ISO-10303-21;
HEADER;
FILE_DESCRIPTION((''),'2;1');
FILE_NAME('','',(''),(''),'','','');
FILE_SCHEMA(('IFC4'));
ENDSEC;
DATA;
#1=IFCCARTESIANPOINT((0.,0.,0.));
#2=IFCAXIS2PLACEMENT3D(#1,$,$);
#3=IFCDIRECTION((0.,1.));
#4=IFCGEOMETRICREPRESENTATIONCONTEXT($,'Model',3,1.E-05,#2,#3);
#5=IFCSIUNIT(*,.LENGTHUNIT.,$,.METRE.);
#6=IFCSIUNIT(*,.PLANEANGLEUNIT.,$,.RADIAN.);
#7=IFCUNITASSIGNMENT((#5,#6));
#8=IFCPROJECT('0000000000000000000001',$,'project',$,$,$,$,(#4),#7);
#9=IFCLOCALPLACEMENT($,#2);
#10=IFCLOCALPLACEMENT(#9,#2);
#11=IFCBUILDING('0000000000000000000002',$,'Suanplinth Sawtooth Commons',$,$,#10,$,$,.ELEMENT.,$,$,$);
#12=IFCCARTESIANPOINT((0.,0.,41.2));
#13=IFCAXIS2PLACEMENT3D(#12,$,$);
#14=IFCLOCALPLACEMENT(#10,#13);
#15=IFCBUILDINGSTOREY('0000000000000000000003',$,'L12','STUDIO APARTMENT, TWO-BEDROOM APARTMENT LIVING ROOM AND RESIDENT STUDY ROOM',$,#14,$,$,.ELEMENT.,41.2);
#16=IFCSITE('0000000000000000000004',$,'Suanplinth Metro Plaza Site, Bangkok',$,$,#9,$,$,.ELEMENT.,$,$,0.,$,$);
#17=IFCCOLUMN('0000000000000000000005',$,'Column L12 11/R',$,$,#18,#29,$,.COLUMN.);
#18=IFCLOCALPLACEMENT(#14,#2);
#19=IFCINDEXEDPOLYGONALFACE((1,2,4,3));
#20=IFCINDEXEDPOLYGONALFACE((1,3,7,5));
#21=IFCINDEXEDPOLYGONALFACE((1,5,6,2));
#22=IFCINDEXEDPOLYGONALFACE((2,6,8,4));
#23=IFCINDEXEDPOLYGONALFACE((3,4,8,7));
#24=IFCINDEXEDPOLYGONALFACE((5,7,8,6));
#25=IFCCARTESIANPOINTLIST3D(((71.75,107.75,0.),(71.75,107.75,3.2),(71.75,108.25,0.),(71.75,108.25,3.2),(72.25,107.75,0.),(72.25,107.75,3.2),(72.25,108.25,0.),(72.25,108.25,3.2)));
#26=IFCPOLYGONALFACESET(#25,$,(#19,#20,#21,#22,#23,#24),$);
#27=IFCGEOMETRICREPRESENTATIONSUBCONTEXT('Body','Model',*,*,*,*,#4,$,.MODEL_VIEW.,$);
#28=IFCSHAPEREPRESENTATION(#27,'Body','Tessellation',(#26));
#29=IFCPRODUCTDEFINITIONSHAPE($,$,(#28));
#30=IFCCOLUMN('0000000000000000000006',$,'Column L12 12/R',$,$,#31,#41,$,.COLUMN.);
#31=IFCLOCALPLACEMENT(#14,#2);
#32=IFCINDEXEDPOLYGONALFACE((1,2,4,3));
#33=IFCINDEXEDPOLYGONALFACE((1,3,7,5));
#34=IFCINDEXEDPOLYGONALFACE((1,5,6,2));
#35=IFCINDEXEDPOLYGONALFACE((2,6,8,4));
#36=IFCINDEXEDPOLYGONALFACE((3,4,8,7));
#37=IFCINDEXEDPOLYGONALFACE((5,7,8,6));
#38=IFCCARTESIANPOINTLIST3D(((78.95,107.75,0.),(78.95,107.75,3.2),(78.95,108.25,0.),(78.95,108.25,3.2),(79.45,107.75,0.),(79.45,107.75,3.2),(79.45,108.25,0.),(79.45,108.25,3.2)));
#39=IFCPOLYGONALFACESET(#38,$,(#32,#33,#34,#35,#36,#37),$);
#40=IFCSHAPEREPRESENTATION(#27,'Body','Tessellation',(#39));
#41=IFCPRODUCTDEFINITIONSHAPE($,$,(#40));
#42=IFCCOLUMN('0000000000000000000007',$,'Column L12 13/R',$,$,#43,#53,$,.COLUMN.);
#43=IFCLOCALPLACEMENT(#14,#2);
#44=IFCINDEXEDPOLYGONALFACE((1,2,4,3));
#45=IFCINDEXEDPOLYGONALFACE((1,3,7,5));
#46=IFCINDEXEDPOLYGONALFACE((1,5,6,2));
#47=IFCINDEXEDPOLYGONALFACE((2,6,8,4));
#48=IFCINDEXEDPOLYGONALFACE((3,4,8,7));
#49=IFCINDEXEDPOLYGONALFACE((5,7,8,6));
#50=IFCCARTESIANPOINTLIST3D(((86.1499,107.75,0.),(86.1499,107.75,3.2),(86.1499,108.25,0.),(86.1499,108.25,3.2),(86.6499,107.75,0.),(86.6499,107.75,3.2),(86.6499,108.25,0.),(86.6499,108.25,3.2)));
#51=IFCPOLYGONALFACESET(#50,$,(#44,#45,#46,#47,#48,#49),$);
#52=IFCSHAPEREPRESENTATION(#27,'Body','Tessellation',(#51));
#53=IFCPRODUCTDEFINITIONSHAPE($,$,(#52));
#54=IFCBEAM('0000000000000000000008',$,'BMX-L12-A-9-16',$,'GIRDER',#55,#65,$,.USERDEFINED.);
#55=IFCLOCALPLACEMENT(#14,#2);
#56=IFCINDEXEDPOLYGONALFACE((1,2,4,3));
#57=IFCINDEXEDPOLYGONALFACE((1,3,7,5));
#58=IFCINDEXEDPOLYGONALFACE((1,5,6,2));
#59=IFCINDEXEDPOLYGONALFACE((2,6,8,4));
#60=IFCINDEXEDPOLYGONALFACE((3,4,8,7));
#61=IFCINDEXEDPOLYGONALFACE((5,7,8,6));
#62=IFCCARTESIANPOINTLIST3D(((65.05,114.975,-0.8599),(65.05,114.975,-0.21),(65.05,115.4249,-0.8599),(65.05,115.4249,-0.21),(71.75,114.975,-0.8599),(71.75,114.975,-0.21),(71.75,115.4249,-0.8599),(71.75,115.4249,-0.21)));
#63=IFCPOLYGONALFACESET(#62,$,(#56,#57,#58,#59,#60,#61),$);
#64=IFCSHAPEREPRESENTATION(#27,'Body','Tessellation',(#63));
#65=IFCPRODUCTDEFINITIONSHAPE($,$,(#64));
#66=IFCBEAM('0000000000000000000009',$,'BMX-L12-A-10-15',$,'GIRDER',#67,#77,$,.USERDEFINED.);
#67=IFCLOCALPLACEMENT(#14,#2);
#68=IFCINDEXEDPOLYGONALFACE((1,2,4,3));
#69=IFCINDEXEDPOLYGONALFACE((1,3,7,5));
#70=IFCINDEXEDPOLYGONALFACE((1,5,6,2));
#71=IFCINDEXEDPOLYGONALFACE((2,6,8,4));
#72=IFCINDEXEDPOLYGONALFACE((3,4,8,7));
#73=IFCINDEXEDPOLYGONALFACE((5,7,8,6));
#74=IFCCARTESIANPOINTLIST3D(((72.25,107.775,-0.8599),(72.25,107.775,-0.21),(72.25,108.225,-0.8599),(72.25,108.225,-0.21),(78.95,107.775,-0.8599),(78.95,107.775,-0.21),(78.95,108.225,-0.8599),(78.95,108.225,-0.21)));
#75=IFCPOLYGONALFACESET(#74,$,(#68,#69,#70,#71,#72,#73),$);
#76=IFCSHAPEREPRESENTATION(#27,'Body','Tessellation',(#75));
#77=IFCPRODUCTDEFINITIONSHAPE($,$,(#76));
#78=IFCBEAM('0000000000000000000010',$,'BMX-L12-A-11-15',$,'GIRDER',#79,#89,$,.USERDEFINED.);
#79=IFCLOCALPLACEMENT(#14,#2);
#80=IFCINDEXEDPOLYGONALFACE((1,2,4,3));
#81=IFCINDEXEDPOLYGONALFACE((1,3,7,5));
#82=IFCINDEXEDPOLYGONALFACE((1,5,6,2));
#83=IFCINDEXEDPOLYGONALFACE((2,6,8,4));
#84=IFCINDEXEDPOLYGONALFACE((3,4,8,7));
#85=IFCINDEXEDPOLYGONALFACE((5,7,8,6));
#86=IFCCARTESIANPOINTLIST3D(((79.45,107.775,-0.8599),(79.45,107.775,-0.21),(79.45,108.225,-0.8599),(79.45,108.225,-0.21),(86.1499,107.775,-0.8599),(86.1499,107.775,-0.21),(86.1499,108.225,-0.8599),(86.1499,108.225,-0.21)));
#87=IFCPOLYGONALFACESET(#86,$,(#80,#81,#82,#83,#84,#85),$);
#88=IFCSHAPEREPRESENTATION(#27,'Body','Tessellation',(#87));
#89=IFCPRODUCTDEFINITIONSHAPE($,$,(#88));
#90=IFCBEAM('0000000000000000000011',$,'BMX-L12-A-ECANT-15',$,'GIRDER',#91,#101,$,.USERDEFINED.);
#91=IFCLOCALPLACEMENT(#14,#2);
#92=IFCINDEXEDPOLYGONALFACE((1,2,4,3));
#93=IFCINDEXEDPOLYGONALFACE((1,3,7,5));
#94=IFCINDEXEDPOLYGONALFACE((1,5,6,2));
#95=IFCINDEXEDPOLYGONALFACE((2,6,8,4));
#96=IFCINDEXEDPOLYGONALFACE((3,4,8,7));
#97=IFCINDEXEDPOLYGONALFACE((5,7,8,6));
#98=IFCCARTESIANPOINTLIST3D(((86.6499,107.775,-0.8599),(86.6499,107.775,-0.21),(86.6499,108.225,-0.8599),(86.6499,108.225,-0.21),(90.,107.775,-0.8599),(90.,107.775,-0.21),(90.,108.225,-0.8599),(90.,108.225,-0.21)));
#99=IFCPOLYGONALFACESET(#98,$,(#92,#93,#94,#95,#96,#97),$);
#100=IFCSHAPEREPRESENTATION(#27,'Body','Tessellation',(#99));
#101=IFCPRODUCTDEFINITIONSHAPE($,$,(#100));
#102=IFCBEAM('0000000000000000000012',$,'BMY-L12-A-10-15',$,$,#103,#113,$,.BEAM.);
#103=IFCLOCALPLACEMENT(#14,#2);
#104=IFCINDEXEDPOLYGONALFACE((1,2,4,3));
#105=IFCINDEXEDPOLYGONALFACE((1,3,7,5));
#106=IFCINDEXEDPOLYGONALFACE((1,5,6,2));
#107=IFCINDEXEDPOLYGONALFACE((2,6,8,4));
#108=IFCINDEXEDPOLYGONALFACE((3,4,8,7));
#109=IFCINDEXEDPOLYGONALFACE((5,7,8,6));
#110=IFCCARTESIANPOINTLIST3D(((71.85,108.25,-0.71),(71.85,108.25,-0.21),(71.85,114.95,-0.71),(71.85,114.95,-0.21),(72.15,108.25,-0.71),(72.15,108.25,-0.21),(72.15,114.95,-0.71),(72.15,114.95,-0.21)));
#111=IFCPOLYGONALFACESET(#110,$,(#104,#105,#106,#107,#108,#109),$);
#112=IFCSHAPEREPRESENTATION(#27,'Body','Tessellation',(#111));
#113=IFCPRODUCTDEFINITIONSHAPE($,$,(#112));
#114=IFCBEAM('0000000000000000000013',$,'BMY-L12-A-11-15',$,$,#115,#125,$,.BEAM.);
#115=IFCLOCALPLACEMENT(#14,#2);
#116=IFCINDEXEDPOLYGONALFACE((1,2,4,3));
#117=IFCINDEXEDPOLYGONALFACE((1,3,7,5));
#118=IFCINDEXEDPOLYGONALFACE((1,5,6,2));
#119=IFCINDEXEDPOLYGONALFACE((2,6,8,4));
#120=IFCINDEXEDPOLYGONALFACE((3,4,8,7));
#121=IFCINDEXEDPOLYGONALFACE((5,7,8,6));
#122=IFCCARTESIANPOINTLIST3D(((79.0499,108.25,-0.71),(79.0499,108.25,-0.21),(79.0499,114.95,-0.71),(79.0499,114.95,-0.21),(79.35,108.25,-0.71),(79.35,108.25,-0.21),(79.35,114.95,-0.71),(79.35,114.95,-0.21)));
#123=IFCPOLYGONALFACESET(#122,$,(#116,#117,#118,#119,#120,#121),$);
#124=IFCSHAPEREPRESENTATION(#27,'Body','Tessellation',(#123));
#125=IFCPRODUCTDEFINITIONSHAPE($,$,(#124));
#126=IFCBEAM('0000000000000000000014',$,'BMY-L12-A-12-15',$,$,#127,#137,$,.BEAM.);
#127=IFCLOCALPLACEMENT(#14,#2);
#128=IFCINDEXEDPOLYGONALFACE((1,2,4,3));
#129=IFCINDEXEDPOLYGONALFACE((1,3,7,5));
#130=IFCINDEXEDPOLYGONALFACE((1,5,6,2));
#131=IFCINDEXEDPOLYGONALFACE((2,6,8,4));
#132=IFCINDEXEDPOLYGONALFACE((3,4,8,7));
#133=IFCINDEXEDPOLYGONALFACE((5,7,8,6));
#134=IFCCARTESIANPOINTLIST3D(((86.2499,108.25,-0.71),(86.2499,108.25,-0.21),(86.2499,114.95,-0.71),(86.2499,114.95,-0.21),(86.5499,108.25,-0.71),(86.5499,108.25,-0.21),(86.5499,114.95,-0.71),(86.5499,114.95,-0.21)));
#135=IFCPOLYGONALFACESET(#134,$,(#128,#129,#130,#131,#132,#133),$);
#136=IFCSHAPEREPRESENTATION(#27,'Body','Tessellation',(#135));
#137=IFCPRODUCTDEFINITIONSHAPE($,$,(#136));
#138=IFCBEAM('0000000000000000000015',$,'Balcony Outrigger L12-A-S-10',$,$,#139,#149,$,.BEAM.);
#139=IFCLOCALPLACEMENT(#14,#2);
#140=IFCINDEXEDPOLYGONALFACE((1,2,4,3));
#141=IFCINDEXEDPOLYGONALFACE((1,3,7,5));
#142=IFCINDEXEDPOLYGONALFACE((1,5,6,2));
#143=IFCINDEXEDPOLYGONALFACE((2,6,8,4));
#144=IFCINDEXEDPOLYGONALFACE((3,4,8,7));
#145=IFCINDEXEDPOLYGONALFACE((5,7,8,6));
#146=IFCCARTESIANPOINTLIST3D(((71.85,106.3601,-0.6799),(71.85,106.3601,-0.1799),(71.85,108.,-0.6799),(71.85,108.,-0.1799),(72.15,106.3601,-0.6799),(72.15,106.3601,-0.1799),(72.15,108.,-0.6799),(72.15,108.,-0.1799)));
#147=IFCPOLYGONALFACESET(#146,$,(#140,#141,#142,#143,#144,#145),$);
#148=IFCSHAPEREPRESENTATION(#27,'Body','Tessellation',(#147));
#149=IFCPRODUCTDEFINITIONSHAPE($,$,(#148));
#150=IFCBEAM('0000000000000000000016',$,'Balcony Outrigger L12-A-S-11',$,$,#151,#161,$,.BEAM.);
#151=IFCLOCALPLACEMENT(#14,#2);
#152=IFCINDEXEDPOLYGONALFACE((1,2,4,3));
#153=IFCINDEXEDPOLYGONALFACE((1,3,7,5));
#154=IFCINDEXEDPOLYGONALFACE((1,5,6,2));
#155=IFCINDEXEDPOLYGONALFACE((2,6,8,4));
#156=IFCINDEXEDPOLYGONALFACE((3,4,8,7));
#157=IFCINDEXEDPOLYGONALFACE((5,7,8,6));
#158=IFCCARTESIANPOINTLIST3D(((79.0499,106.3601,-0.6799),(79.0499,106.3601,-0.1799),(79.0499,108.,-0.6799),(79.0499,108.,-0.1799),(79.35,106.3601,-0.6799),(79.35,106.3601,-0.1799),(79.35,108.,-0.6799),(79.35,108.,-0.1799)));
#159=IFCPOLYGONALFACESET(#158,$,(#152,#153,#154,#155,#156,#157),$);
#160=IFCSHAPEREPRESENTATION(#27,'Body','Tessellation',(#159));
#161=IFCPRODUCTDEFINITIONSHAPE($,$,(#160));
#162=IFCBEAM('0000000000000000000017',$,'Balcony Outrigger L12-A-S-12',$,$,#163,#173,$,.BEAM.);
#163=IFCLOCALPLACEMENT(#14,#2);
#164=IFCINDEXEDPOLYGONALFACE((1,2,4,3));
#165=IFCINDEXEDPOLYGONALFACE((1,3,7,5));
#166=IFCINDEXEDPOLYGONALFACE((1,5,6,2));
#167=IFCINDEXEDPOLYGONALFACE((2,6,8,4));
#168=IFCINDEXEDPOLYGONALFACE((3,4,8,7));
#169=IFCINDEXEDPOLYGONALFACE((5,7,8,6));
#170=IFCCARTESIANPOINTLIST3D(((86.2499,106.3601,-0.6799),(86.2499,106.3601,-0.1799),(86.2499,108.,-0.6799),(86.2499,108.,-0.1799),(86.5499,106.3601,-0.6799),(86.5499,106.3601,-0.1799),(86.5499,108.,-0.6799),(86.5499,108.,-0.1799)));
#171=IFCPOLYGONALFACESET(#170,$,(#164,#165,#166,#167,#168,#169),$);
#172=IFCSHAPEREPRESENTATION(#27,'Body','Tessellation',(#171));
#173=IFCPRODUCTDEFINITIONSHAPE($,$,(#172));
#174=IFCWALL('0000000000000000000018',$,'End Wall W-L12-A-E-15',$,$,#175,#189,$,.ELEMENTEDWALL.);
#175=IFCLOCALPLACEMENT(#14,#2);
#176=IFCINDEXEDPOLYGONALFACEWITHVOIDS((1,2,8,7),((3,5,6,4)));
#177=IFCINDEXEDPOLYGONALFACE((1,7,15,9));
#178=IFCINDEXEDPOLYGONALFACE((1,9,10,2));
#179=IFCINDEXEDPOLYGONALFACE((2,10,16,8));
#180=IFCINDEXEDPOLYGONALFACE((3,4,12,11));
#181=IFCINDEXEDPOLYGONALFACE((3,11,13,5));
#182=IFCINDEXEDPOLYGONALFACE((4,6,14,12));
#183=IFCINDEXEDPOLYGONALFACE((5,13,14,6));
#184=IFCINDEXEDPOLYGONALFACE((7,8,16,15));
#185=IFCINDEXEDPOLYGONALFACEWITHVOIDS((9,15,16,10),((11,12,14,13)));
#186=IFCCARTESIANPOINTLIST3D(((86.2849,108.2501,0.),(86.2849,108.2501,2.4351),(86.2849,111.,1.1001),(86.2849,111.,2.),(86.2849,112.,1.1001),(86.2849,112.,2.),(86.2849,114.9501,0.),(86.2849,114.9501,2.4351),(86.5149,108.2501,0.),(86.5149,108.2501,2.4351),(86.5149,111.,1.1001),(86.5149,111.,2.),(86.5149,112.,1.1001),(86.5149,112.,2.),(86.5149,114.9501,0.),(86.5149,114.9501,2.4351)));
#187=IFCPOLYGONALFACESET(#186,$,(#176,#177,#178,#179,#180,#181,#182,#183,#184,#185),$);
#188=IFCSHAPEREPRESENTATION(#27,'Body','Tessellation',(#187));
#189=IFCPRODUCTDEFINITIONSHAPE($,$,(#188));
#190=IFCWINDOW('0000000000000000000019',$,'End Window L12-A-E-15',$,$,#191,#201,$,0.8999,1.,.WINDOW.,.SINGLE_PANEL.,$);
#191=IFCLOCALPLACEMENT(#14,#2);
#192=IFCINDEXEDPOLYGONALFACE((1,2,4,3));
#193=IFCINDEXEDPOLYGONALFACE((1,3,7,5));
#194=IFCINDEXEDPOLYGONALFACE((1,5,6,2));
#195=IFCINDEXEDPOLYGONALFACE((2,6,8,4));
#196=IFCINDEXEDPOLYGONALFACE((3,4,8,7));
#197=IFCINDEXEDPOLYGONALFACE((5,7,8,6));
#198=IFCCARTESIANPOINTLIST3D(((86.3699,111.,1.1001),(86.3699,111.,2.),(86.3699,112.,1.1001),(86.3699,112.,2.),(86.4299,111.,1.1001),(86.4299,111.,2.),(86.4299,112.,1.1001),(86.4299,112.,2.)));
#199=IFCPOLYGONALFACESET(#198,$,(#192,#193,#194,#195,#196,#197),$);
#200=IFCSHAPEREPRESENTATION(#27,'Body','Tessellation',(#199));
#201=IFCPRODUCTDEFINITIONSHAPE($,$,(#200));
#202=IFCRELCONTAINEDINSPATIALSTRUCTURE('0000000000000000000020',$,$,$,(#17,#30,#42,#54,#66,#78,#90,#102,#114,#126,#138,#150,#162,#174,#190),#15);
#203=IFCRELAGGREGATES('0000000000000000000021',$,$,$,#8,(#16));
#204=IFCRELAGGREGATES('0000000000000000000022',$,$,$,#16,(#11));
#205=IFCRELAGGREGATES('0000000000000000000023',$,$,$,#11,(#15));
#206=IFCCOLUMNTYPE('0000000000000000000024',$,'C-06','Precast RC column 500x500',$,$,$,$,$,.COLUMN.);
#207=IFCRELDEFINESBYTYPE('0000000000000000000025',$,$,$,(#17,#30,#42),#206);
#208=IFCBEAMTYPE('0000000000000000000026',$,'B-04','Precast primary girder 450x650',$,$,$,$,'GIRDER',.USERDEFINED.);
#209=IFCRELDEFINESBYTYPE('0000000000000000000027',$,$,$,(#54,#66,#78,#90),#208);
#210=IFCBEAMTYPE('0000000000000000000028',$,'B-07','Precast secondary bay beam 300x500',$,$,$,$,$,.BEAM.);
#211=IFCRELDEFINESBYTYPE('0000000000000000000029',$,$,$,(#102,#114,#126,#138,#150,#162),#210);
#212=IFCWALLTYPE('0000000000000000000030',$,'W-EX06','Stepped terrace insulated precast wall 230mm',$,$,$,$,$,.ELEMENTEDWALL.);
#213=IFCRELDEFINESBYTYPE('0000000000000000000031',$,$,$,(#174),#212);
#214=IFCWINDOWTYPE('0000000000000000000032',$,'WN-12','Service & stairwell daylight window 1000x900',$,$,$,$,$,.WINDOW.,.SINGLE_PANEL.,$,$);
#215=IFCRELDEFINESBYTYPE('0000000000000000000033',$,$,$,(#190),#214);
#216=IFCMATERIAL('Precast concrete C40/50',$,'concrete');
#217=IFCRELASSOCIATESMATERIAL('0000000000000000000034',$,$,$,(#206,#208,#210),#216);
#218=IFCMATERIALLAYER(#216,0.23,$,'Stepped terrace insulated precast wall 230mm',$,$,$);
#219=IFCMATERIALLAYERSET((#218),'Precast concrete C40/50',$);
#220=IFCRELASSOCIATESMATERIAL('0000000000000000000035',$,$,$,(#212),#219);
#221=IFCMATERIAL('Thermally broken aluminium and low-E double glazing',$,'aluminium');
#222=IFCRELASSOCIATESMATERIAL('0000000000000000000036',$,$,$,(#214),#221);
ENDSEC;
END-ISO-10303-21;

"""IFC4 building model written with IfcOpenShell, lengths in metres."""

from ifc_helpers import new_model, si_unit, direction, frame, frame_2d, origin, origin_2d, place, context, subcontext, project, spatial, rectangle, extrude, material, layer, layer_set, material_profile, profile_set, type_object, element, fill, save


model = new_model("IFC4")

# Units and contexts
model_context = context("Model", 3, precision=1e-05, world=origin(), true_north=direction((0.0, 1.0)))
body_context = subcontext(model_context, "Body", "Model", "MODEL_VIEW")
ifc_project = project(units=[si_unit("LENGTHUNIT", "METRE"), si_unit("PLANEANGLEUNIT", "RADIAN")], contexts=[model_context])

# Site, building, storey
site_placement = place(None, origin())
site = spatial("IfcSite", under=ifc_project, at=site_placement, Name="Suanplinth Metro Plaza Site, Bangkok", CompositionType="ELEMENT", RefElevation=0.0)
building_placement = place(site_placement, origin())
building = spatial("IfcBuilding", under=site, at=building_placement, Name="Suanplinth Sawtooth Commons", CompositionType="ELEMENT")
storey_placement = place(building_placement, frame((0.0, 0.0, 41.2)))
storey = spatial("IfcBuildingStorey", under=building, at=storey_placement, Name="L12", Description="STUDIO APARTMENT, TWO-BEDROOM APARTMENT LIVING ROOM AND RESIDENT STUDY ROOM", CompositionType="ELEMENT", Elevation=41.2)

# Columns
ifc_material_1 = material(Name="Precast concrete C40/50", Category="concrete")
ifc_material_profile_1 = material_profile(ifc_material_1, rectangle(XDim=0.5, YDim=0.5, at=origin_2d()), Name="PC-COL 500x500")
ifc_profile_set_1 = profile_set([ifc_material_profile_1], Name="Precast concrete C40/50")
column_type = type_object("IfcColumnType", Name="C-06", Description="Precast RC column 500x500", PredefinedType="COLUMN", material=ifc_profile_set_1)
for number, where, z_axis, x_axis, name in (
    (1, (72.0, 108.0, 0.0), (0.0, 0.0, 1.0), (1.0, 0.0, 0.0), "Column L12 11/R"),
    (2, (79.2, 108.0, 0.0), (0.0, 0.0, 1.0), (1.0, 0.0, 0.0), "Column L12 12/R"),
    (3, (86.3999, 108.0, 0.0), (0.0, 0.0, 1.0), (1.0, 0.0, 0.0), "Column L12 13/R"),
):
    element("IfcColumn", number, at=place(storey_placement, frame(where, z_axis=z_axis, x_axis=x_axis)), inside=storey, type_object=column_type, Name=name, PredefinedType="COLUMN", context=body_context, shape_type="SweptSolid", body=[
        extrude(rectangle(XDim=0.5, YDim=0.5, at=origin_2d()), origin(), (0.0, 0.0, 1.0), 3.2),
    ])

# Beams
ifc_material_profile_2 = material_profile(ifc_material_1, rectangle(XDim=0.45, YDim=0.6499, at=origin_2d()), Name="PC-GDR 450x650")
ifc_profile_set_2 = profile_set([ifc_material_profile_2], Name="Precast concrete C40/50")
beam_type_1 = type_object("IfcBeamType", Name="B-04", Description="Precast primary girder 450x650", ElementType="GIRDER", PredefinedType="USERDEFINED", material=ifc_profile_set_2)
for number, where, z_axis, x_axis, name in (
    (4, (65.05, 115.2, -0.5349), (1.0, 0.0, 0.0), (0.0, 1.0, 0.0), "BMX-L12-A-9-16"),
    (5, (72.25, 108.0, -0.5349), (1.0, 0.0, 0.0), (0.0, 1.0, 0.0), "BMX-L12-A-10-15"),
    (6, (79.45, 108.0, -0.5349), (1.0, 0.0, 0.0), (0.0, 1.0, 0.0), "BMX-L12-A-11-15"),
):
    element("IfcBeam", number, at=place(storey_placement, frame(where, z_axis=z_axis, x_axis=x_axis)), inside=storey, type_object=beam_type_1, Name=name, ObjectType="GIRDER", PredefinedType="USERDEFINED", context=body_context, shape_type="SweptSolid", body=[
        extrude(rectangle(XDim=0.45, YDim=0.6499, at=origin_2d()), origin(), (0.0, 0.0, 1.0), 6.7),
    ])
beam_placement = place(storey_placement, frame((86.6499, 108.0, -0.5349), z_axis=(1.0, 0.0, 0.0), x_axis=(0.0, 1.0, 0.0)))
element("IfcBeam", 7, at=beam_placement, inside=storey, type_object=beam_type_1, Name="BMX-L12-A-ECANT-15", ObjectType="GIRDER", PredefinedType="USERDEFINED", context=body_context, shape_type="SweptSolid", body=[
    extrude(rectangle(XDim=0.45, YDim=0.6499, at=origin_2d()), origin(), (0.0, 0.0, 1.0), 3.3501),
])
ifc_material_profile_3 = material_profile(ifc_material_1, rectangle(XDim=0.3, YDim=0.5, at=origin_2d()), Name="PC-BM 300x500")
ifc_profile_set_3 = profile_set([ifc_material_profile_3], Name="Precast concrete C40/50")
beam_type_2 = type_object("IfcBeamType", Name="B-07", Description="Precast secondary bay beam 300x500", PredefinedType="BEAM", material=ifc_profile_set_3)
for number, where, z_axis, x_axis, name in (
    (8, (72.0, 108.25, -0.46), (0.0, 1.0, 0.0), (-1.0, 0.0, 0.0), "BMY-L12-A-10-15"),
    (9, (79.2, 108.25, -0.46), (0.0, 1.0, 0.0), (-1.0, 0.0, 0.0), "BMY-L12-A-11-15"),
    (10, (86.3999, 108.25, -0.46), (0.0, 1.0, 0.0), (-1.0, 0.0, 0.0), "BMY-L12-A-12-15"),
):
    element("IfcBeam", number, at=place(storey_placement, frame(where, z_axis=z_axis, x_axis=x_axis)), inside=storey, type_object=beam_type_2, Name=name, PredefinedType="BEAM", context=body_context, shape_type="SweptSolid", body=[
        extrude(rectangle(XDim=0.3, YDim=0.5, at=origin_2d()), origin(), (0.0, 0.0, 1.0), 6.7),
    ])
for number, where, z_axis, x_axis, name in (
    (11, (72.0, 108.0, -0.4299), (0.0, -1.0, 0.0), (1.0, 0.0, 0.0), "Balcony Outrigger L12-A-S-10"),
    (12, (79.2, 108.0, -0.4299), (0.0, -1.0, 0.0), (1.0, 0.0, 0.0), "Balcony Outrigger L12-A-S-11"),
    (13, (86.3999, 108.0, -0.4299), (0.0, -1.0, 0.0), (1.0, 0.0, 0.0), "Balcony Outrigger L12-A-S-12"),
):
    element("IfcBeam", number, at=place(storey_placement, frame(where, z_axis=z_axis, x_axis=x_axis)), inside=storey, type_object=beam_type_2, Name=name, PredefinedType="BEAM", context=body_context, shape_type="SweptSolid", body=[
        extrude(rectangle(XDim=0.3, YDim=0.5, at=origin_2d()), origin(), (0.0, 0.0, 1.0), 1.6399),
    ])

# Wall, opening, window
ifc_layer_1 = layer(ifc_material_1, 0.23, Name="Stepped terrace insulated precast wall 230mm")
ifc_layer_set_1 = layer_set([ifc_layer_1], Name="Precast concrete C40/50")
wall_type_1 = type_object("IfcWallType", Name="W-EX06", Description="Stepped terrace insulated precast wall 230mm", PredefinedType="ELEMENTEDWALL", material=ifc_layer_set_1)
wall_1_placement = place(storey_placement, frame((86.3999, 108.25, 0.0), z_axis=(0.0, 0.0, 1.0), x_axis=(0.0, 1.0, 0.0)))
wall_1 = element("IfcWall", 14, at=wall_1_placement, inside=storey, type_object=wall_type_1, Name="End Wall W-L12-A-E-15", PredefinedType="ELEMENTEDWALL", context=body_context, shape_type="SweptSolid", body=[
    extrude(rectangle(XDim=6.7, YDim=0.23, at=frame_2d((3.3501, 0.0))), origin(), (0.0, 0.0, 1.0), 2.4351),
])
opening_1_placement = place(wall_1_placement, frame((2.75, 0.0, 1.1001)))
opening_1 = element("IfcOpeningElement", 15, at=opening_1_placement, cuts=wall_1, PredefinedType="OPENING", context=body_context, shape_type="SweptSolid", body=[
    extrude(rectangle(XDim=1.0, YDim=0.8999, at=frame_2d((0.5, 0.45))), frame((0.0, 0.1299, 0.0), z_axis=(0.0, -1.0, 0.0), x_axis=(1.0, 0.0, 0.0)), (0.0, 0.0, 1.0), 0.2598),
])
ifc_material_2 = material(Name="Thermally broken aluminium and low-E double glazing", Category="aluminium")
window_type = type_object("IfcWindowType", Name="WN-12", Description="Service & stairwell daylight window 1000x900", PartitioningType="SINGLE_PANEL", PredefinedType="WINDOW", material=ifc_material_2)
window_placement = place(opening_1_placement, origin())
window = element("IfcWindow", 16, at=window_placement, inside=storey, type_object=window_type, Name="End Window L12-A-E-15", OverallHeight=0.8999, OverallWidth=1.0, PartitioningType="SINGLE_PANEL", PredefinedType="WINDOW", context=body_context, shape_type="SweptSolid", body=[
    extrude(rectangle(XDim=1.0, YDim=0.8999, at=frame_2d((0.5, 0.45))), frame((0.0, 0.03, 0.0), z_axis=(0.0, -1.0, 0.0), x_axis=(1.0, 0.0, 0.0)), (0.0, 0.0, 1.0), 0.0601),
])
fill(opening_1, window)

save(model, "model.ifc")
